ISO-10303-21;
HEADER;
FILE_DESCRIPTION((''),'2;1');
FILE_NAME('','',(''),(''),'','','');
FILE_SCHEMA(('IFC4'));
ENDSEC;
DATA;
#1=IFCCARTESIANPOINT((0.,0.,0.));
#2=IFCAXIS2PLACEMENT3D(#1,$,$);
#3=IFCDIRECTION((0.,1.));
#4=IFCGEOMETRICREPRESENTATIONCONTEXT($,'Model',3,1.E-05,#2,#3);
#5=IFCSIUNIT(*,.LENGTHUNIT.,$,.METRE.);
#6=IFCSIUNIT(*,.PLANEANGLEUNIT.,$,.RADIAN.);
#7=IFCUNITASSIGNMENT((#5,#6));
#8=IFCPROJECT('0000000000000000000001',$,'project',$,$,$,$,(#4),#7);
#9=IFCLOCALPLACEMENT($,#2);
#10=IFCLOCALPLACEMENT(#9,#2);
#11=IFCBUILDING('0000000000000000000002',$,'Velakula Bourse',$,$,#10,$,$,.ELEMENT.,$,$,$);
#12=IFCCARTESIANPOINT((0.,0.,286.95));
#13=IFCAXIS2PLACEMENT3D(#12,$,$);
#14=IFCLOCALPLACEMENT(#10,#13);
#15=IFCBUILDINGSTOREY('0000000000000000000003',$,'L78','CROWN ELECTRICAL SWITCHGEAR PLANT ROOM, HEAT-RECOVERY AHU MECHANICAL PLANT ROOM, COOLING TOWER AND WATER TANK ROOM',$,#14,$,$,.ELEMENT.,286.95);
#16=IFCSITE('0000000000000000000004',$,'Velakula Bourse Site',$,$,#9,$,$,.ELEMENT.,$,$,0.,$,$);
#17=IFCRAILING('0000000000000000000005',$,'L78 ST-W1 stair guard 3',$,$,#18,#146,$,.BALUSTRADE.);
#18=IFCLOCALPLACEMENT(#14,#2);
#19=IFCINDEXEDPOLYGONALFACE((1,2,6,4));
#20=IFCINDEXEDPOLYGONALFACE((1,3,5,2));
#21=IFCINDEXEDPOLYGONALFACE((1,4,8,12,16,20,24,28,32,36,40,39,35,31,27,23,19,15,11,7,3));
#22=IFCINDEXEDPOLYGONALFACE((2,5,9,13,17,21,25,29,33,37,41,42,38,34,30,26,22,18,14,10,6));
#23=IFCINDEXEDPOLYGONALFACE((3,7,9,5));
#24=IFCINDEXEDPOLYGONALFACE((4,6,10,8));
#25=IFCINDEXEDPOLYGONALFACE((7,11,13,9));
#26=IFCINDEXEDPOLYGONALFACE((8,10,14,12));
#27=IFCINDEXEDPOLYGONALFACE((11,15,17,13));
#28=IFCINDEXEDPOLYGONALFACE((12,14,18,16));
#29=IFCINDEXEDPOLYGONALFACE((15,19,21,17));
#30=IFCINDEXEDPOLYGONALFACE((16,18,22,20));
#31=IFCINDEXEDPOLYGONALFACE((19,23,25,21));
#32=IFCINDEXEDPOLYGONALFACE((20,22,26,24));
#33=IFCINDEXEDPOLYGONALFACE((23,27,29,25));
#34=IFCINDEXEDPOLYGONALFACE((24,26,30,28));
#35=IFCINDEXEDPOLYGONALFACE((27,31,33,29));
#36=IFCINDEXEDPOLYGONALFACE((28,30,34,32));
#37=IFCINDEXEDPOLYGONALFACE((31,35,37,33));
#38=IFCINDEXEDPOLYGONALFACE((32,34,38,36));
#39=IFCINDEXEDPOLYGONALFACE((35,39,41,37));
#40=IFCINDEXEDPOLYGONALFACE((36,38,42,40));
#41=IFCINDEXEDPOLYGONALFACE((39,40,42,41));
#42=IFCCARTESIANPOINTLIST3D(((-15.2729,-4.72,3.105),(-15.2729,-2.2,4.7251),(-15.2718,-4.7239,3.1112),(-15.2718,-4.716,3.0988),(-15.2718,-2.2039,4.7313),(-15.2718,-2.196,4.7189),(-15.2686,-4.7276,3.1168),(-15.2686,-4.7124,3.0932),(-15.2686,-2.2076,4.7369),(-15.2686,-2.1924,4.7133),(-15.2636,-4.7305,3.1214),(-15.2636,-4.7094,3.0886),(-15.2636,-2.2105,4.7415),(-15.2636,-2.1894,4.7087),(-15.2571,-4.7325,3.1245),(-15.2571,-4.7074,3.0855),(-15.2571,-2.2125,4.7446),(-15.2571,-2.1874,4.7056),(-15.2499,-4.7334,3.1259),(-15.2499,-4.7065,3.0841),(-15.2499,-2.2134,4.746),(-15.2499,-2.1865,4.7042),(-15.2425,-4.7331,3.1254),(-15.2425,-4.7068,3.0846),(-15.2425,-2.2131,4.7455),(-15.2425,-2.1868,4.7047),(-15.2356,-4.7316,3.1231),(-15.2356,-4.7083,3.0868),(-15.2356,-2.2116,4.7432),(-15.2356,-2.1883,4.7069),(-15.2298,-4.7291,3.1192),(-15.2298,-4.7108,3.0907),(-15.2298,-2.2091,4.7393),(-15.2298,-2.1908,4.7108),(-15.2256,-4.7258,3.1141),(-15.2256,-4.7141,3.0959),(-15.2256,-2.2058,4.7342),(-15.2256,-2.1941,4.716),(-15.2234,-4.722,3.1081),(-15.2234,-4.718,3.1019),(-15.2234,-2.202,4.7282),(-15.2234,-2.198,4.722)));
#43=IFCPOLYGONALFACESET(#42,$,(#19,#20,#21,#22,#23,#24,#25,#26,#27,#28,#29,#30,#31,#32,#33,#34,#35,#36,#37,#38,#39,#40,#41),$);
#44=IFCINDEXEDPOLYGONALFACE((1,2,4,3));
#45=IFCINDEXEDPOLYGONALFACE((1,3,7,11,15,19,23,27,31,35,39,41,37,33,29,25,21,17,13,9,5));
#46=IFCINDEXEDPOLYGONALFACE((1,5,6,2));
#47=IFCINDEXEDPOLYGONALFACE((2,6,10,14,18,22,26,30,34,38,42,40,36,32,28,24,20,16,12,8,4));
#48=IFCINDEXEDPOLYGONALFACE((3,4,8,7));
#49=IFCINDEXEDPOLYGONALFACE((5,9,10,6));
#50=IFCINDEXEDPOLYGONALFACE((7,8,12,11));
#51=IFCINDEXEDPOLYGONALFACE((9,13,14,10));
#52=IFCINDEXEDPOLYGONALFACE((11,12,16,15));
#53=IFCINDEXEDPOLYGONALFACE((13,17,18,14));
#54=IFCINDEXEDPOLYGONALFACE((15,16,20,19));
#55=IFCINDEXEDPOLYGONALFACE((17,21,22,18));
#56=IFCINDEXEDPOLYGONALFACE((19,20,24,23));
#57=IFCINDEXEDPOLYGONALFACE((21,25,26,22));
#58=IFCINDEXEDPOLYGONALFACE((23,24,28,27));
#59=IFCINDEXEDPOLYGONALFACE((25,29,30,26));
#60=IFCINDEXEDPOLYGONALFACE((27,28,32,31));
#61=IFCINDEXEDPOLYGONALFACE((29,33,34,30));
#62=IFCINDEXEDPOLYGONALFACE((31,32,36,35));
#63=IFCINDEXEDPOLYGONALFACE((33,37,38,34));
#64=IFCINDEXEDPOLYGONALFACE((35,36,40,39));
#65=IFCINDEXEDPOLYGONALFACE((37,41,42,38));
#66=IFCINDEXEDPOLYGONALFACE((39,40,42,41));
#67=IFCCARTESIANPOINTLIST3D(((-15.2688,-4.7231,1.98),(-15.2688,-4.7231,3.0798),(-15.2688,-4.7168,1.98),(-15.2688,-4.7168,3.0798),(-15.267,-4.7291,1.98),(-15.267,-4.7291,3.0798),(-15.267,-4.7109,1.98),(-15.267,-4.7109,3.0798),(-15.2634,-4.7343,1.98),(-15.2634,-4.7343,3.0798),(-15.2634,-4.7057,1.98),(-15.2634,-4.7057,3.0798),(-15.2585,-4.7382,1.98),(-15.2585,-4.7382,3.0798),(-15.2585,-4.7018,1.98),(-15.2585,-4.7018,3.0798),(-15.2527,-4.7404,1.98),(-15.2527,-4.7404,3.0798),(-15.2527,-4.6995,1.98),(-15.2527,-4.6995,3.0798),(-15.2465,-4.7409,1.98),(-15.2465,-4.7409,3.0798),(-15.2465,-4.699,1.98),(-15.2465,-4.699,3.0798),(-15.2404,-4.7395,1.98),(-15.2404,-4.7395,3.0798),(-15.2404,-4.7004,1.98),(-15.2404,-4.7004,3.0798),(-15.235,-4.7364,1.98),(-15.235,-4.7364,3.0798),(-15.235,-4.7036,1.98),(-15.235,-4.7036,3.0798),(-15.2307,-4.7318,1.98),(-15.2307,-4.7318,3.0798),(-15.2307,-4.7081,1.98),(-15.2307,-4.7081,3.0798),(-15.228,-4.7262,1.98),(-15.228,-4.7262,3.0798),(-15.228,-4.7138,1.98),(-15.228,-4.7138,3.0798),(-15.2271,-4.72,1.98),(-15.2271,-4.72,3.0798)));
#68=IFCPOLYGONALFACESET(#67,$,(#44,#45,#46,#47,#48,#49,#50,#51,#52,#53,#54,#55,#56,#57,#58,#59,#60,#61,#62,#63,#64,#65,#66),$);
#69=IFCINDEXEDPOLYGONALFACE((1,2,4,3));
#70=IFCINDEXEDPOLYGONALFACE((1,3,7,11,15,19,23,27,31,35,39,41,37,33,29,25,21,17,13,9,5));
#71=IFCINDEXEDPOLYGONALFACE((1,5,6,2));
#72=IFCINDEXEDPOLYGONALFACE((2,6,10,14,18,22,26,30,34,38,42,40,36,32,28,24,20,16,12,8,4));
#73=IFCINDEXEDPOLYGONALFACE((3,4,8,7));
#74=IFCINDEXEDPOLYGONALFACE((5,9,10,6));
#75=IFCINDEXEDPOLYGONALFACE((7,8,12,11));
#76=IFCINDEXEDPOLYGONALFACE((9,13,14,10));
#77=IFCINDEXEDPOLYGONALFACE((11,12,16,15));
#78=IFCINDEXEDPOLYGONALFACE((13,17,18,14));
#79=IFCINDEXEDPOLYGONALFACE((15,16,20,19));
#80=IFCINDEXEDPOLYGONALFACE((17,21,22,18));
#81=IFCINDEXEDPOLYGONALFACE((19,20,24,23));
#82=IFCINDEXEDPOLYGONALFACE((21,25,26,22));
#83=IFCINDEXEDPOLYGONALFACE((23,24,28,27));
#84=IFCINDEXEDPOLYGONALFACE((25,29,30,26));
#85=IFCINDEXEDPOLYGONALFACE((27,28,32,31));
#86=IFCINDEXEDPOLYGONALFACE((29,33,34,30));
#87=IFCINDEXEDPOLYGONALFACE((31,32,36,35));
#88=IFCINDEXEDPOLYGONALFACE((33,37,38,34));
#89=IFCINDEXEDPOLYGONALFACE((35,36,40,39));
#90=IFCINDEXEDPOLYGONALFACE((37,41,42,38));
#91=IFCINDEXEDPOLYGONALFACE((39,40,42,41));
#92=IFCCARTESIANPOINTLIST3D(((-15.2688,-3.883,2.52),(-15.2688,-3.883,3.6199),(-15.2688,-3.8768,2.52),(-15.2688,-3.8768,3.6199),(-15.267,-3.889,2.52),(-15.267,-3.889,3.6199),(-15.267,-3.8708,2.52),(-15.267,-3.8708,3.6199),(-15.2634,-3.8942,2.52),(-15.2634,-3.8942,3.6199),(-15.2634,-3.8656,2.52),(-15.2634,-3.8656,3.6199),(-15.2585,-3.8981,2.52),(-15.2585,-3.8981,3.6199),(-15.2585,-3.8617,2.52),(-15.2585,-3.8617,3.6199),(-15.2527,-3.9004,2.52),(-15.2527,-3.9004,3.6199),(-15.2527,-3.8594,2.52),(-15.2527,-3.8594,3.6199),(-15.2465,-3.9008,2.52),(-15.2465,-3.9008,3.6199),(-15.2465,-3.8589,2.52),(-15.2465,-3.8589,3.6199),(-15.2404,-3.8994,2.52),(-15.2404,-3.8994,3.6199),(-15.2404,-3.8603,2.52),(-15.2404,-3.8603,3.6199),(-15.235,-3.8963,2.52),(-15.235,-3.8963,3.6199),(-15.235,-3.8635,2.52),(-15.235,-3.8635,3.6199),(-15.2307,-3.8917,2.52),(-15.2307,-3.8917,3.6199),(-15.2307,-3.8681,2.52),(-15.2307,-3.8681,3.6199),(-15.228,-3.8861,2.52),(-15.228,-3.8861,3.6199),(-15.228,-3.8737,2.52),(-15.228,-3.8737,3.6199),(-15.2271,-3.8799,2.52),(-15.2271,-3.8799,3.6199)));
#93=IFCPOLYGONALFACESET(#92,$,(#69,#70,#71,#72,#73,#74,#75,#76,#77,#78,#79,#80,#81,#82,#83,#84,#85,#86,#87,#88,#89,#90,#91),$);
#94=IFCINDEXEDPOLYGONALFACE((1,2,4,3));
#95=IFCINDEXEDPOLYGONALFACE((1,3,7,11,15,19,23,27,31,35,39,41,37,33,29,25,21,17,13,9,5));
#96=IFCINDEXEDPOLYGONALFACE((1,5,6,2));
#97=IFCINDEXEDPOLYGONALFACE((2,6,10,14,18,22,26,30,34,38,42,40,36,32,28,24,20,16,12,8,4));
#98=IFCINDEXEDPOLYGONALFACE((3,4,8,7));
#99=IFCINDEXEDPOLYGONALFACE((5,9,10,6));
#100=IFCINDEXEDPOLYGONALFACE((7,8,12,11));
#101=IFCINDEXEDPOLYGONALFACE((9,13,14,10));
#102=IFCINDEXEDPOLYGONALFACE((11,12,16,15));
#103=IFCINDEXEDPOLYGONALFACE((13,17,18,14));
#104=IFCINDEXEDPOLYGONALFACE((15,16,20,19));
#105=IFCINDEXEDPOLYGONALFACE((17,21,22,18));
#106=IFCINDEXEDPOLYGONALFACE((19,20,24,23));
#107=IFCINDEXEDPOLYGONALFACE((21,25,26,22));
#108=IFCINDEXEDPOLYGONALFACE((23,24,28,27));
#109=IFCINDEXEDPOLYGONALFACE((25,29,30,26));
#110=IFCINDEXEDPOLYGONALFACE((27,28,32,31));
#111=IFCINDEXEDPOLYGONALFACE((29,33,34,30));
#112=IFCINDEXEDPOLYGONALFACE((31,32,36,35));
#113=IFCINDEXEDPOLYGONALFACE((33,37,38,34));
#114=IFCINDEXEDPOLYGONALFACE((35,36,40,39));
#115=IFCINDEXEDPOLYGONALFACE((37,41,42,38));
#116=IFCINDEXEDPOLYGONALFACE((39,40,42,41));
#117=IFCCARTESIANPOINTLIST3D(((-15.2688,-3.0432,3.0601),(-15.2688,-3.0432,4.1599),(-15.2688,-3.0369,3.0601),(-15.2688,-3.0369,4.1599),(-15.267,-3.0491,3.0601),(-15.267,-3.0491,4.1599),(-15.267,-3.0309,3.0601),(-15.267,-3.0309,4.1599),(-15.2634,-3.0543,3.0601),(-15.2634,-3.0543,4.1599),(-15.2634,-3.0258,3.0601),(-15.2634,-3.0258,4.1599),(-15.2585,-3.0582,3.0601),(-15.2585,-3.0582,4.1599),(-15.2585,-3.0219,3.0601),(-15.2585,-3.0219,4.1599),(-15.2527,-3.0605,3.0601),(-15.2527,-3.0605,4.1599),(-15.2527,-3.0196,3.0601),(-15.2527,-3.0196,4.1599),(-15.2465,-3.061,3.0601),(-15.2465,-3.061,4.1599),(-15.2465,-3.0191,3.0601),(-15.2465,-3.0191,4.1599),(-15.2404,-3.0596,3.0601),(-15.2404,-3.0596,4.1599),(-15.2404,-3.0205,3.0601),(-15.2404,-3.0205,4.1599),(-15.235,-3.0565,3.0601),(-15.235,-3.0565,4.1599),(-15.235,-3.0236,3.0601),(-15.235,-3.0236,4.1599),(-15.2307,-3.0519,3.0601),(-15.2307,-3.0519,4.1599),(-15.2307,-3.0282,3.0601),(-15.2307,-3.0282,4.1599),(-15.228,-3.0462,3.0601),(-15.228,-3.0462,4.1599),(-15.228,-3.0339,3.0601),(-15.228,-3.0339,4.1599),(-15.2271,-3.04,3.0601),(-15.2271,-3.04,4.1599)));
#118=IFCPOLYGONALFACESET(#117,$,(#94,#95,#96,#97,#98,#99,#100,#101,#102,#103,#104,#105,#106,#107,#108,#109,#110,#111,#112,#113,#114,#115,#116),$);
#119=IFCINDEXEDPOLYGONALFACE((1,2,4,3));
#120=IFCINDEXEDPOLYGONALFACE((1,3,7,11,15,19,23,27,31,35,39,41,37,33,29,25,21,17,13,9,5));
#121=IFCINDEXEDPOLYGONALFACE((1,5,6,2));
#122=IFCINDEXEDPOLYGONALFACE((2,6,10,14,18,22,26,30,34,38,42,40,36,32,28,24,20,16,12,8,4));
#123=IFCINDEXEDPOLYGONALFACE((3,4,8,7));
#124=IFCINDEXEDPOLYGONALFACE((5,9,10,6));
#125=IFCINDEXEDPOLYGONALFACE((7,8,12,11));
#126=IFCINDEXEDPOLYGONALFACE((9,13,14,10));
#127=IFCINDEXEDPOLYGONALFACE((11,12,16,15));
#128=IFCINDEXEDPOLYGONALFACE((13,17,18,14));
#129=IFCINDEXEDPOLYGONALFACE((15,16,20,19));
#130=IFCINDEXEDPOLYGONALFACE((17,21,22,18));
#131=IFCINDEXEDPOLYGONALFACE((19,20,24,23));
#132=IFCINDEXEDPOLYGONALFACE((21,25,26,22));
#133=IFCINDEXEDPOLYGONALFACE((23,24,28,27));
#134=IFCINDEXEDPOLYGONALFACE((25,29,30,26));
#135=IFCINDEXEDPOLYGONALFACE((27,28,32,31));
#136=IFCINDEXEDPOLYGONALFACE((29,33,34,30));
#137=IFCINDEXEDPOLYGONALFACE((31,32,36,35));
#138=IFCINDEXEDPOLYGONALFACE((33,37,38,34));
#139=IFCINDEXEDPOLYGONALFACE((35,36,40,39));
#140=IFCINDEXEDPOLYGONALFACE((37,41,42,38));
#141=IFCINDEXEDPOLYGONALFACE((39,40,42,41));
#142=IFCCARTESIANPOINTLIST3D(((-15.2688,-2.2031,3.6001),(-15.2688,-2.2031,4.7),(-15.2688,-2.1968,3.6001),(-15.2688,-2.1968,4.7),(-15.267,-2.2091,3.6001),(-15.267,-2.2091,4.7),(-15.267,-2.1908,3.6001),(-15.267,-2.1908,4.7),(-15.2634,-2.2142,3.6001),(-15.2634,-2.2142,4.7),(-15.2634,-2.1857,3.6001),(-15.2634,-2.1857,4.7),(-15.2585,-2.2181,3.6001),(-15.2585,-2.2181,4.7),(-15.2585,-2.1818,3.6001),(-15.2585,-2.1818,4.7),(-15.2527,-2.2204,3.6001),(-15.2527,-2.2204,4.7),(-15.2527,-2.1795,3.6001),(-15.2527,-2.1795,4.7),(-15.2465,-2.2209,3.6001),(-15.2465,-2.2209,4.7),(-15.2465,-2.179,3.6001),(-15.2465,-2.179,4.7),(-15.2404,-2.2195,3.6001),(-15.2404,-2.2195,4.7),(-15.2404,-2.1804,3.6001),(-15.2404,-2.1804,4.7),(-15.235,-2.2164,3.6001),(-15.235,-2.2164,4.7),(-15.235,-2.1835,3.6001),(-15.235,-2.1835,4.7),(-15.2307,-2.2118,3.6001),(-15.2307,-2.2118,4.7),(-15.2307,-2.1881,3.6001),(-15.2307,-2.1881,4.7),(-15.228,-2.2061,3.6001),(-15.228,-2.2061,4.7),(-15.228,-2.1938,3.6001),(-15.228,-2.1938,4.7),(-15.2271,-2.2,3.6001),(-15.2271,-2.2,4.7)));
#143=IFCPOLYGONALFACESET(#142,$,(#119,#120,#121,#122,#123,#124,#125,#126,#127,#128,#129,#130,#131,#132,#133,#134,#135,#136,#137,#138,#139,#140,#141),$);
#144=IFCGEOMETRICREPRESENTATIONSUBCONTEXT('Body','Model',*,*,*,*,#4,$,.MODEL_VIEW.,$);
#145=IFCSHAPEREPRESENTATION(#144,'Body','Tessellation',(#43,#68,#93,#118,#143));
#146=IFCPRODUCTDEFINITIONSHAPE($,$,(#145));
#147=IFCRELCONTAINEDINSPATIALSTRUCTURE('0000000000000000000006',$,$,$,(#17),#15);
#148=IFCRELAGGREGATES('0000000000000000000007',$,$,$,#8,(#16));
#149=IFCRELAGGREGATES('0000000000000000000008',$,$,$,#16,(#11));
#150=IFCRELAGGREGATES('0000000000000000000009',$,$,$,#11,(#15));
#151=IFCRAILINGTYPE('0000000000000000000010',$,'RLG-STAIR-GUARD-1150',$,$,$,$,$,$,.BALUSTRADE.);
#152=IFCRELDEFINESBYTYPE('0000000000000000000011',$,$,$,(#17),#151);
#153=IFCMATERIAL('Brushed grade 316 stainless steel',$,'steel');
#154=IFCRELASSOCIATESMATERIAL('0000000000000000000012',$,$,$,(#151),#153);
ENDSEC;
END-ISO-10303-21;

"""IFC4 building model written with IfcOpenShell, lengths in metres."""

from ifc_helpers import new_model, si_unit, direction, frame, origin, origin_2d, place, context, subcontext, project, spatial, circle, extrude, material, type_object, element, save


model = new_model("IFC4")

# Units and contexts
model_context = context("Model", 3, precision=1e-05, world=origin(), true_north=direction((0.0, 1.0)))
body_context = subcontext(model_context, "Body", "Model", "MODEL_VIEW")
ifc_project = project(units=[si_unit("LENGTHUNIT", "METRE"), si_unit("PLANEANGLEUNIT", "RADIAN")], contexts=[model_context])

# Site, building, storey
site_placement = place(None, origin())
site = spatial("IfcSite", under=ifc_project, at=site_placement, Name="Velakula Bourse Site", CompositionType="ELEMENT", RefElevation=0.0)
building_placement = place(site_placement, origin())
building = spatial("IfcBuilding", under=site, at=building_placement, Name="Velakula Bourse", CompositionType="ELEMENT")
storey_placement = place(building_placement, frame((0.0, 0.0, 286.95)))
storey = spatial("IfcBuildingStorey", under=building, at=storey_placement, Name="L78", Description="CROWN ELECTRICAL SWITCHGEAR PLANT ROOM, HEAT-RECOVERY AHU MECHANICAL PLANT ROOM, COOLING TOWER AND WATER TANK ROOM", CompositionType="ELEMENT", Elevation=286.95)

# Railing
ifc_material_1 = material(Name="Brushed grade 316 stainless steel", Category="steel")
railing_type_1 = type_object("IfcRailingType", Name="RLG-STAIR-GUARD-1150", PredefinedType="BALUSTRADE", material=ifc_material_1)
railing_1_placement = place(storey_placement, frame((-15.248, -4.72, 1.98)))
element("IfcRailing", 1, at=railing_1_placement, inside=storey, type_object=railing_type_1, Name="L78 ST-W1 stair guard 3", PredefinedType="BALUSTRADE", context=body_context, shape_type="SweptSolid", body=[
    extrude(circle(Radius=0.0249, at=origin_2d()), frame((0.0, 0.0, 1.125), z_axis=(0.0, 0.841163, 0.540782), x_axis=(-1.0, 0.0, 0.0)), (0.0, 0.0, 1.0), 2.9958),
    extrude(circle(Radius=0.021, at=origin_2d()), origin(), (0.0, 0.0, 1.0), 1.0999),
    extrude(circle(Radius=0.021, at=origin_2d()), frame((0.0, 0.8401, 0.54)), (0.0, 0.0, 1.0), 1.0999),
    extrude(circle(Radius=0.021, at=origin_2d()), frame((0.0, 1.6799, 1.0801)), (0.0, 0.0, 1.0), 1.0999),
    extrude(circle(Radius=0.021, at=origin_2d()), frame((0.0, 2.52, 1.6201)), (0.0, 0.0, 1.0), 1.0999),
])

save(model, "model.ifc")
